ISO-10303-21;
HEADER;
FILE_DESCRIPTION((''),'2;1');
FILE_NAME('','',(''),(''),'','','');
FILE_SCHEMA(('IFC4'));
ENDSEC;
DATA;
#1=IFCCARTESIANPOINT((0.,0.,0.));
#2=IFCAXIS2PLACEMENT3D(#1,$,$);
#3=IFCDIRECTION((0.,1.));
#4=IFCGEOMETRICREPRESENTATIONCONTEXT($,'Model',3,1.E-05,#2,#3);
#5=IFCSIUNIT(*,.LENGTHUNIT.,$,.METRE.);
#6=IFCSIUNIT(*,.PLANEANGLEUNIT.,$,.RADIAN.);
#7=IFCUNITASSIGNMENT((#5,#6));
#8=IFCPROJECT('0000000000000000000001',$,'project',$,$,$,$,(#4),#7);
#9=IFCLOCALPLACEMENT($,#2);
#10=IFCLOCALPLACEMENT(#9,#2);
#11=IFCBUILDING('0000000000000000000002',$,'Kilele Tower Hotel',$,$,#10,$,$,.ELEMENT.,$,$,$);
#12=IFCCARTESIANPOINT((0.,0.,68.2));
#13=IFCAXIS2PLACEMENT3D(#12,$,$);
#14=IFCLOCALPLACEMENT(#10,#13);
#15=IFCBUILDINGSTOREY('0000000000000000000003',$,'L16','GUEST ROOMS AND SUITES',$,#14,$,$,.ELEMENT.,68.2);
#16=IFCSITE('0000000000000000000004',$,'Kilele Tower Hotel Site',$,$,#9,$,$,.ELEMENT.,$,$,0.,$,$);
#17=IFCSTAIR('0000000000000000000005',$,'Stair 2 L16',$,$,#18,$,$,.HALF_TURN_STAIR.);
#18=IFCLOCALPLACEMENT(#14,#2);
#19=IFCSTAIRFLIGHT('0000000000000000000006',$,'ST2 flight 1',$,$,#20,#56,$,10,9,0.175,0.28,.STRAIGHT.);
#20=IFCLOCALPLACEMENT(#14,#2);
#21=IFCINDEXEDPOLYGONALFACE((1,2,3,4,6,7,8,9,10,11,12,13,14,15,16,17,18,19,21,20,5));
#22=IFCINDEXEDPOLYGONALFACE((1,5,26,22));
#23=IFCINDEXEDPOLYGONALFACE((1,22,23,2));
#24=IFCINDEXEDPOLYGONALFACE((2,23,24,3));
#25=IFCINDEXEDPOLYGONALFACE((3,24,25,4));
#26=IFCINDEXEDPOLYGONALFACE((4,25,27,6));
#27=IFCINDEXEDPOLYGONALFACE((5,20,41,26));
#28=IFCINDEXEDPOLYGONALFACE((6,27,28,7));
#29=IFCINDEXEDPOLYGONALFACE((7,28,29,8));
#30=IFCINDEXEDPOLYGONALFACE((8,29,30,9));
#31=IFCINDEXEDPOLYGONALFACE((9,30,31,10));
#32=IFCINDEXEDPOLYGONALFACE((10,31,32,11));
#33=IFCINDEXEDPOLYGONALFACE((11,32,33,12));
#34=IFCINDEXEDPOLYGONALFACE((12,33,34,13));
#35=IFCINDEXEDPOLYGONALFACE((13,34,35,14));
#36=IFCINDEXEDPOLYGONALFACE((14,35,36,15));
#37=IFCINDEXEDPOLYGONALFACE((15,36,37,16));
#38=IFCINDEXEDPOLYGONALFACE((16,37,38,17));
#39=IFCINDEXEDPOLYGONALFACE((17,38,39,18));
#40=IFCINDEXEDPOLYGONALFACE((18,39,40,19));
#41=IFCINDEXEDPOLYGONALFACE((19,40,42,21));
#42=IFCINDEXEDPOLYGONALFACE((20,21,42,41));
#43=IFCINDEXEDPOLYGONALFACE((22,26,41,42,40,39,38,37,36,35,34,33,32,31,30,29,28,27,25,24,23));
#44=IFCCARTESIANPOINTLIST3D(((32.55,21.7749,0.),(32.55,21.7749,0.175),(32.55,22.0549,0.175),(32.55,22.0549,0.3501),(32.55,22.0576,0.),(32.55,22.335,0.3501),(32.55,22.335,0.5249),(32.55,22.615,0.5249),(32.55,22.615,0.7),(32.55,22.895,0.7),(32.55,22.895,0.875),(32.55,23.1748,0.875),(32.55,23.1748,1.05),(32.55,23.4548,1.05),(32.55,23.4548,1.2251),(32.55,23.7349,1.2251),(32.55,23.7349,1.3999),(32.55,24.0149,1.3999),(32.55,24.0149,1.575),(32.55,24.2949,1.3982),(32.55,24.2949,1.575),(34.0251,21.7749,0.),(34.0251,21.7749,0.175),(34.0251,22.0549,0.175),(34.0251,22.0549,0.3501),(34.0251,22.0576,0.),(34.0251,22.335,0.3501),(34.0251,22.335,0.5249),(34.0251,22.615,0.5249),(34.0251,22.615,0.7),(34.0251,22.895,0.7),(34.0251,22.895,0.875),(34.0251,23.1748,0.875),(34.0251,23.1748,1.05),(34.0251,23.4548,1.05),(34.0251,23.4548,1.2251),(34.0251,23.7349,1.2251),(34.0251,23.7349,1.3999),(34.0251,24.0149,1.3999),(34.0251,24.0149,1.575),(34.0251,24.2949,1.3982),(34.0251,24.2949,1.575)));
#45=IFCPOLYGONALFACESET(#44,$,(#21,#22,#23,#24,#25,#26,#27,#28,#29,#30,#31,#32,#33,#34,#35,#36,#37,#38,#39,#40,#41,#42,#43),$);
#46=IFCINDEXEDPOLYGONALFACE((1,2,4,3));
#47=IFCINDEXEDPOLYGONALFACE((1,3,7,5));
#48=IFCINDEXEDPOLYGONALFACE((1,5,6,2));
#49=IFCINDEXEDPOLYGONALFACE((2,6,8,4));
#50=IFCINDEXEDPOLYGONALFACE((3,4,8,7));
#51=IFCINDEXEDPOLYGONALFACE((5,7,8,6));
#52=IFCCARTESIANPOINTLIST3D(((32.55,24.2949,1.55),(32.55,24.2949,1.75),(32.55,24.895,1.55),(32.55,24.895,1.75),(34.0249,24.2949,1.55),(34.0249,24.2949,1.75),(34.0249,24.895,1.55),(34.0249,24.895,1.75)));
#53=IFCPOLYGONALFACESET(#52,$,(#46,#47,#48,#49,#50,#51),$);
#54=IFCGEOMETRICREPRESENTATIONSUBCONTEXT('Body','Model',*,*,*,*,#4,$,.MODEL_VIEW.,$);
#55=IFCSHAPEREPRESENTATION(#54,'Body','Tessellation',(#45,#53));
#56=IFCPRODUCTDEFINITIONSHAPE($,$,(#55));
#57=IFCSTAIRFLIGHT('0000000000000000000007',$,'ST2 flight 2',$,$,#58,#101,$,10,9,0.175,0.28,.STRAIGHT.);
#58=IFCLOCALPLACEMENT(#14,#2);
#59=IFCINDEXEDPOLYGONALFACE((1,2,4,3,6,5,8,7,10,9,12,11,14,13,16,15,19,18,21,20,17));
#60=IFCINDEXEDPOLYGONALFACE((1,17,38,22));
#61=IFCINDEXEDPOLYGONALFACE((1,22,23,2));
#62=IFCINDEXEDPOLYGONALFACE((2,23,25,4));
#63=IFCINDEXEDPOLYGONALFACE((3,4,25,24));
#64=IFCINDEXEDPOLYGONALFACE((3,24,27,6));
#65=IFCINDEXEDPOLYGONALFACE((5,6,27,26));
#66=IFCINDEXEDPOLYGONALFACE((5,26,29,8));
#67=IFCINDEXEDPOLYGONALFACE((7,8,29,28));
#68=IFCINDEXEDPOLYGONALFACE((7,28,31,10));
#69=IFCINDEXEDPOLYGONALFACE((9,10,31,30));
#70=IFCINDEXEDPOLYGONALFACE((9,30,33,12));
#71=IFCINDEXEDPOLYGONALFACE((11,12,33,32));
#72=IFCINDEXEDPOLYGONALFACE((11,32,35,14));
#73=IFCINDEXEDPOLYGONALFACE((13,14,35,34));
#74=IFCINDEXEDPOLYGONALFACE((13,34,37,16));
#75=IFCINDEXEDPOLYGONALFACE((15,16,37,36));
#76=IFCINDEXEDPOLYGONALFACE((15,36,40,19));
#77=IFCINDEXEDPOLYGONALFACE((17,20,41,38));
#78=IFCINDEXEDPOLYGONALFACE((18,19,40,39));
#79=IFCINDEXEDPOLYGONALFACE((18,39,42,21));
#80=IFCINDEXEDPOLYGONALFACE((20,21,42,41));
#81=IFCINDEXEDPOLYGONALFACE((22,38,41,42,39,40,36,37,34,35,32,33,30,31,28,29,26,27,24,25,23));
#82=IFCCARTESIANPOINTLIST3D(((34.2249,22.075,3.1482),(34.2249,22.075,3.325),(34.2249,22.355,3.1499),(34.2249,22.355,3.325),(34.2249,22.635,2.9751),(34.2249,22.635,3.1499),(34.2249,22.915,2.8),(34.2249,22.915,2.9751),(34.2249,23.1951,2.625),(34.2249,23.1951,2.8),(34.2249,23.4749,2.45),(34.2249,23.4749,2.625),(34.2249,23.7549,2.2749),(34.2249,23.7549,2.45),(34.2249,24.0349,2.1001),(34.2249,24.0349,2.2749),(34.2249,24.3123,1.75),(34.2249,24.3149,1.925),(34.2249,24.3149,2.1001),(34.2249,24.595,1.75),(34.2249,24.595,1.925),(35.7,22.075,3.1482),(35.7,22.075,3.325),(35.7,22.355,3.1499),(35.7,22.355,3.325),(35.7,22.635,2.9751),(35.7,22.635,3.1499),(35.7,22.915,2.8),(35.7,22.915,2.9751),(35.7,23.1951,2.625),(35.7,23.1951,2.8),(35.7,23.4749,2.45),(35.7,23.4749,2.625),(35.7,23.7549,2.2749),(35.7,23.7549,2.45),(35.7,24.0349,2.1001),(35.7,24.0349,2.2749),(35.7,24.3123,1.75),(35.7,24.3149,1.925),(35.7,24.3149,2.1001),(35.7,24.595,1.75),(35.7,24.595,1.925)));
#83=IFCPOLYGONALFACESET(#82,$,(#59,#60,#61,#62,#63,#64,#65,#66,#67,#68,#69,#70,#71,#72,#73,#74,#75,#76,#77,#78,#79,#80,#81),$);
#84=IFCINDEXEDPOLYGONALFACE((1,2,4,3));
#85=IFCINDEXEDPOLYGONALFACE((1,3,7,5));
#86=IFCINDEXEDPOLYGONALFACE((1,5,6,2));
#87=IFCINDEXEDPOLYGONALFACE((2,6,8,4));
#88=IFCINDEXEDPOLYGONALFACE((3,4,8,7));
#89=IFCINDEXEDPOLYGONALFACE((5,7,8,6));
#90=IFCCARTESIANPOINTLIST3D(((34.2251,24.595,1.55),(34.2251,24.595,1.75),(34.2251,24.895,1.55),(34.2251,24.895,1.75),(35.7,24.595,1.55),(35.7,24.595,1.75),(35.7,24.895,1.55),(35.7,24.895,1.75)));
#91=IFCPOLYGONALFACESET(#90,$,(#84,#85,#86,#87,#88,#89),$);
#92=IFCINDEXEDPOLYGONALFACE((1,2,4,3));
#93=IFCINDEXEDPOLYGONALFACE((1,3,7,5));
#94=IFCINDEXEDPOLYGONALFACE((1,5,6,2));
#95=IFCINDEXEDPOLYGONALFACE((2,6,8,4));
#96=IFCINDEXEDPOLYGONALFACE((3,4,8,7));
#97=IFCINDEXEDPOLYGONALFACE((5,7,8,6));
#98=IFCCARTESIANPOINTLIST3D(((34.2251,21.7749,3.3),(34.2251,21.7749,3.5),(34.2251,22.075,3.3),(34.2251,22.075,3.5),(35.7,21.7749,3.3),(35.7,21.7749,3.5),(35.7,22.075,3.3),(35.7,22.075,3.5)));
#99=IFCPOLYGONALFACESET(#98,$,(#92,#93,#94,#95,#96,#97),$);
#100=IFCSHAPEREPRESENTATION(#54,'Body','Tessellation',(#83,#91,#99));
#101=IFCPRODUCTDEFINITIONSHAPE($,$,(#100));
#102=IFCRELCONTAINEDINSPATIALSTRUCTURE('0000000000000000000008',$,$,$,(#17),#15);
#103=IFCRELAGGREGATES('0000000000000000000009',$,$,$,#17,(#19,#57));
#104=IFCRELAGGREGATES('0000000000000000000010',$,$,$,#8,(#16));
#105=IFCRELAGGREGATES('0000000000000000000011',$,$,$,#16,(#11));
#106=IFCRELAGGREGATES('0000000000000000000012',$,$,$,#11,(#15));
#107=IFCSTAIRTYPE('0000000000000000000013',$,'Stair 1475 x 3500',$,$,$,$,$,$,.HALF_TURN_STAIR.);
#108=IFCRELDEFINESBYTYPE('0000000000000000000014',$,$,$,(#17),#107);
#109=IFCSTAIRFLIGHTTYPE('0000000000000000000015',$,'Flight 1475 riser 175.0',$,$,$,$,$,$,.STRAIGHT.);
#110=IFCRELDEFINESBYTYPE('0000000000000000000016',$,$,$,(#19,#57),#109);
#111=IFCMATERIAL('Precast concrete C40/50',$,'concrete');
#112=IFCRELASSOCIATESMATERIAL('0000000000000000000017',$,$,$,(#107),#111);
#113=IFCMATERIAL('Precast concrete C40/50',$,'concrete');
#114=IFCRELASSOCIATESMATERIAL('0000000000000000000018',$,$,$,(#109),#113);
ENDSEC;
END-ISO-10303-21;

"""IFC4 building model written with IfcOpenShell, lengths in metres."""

from ifc_helpers import new_model, si_unit, direction, frame, origin, place, context, subcontext, project, spatial, polyline, outline, extrude, material, type_object, element, aggregate, save


model = new_model("IFC4")

# Units and contexts
model_context = context("Model", 3, precision=1e-05, world=origin(), true_north=direction((0.0, 1.0)))
body_context = subcontext(model_context, "Body", "Model", "MODEL_VIEW")
ifc_project = project(units=[si_unit("LENGTHUNIT", "METRE"), si_unit("PLANEANGLEUNIT", "RADIAN")], contexts=[model_context])

# Site, building, storey
site_placement = place(None, origin())
site = spatial("IfcSite", under=ifc_project, at=site_placement, Name="Kilele Tower Hotel Site", CompositionType="ELEMENT", RefElevation=0.0)
building_placement = place(site_placement, origin())
building = spatial("IfcBuilding", under=site, at=building_placement, Name="Kilele Tower Hotel", CompositionType="ELEMENT")
storey_placement = place(building_placement, frame((0.0, 0.0, 68.2)))
storey = spatial("IfcBuildingStorey", under=building, at=storey_placement, Name="L16", Description="GUEST ROOMS AND SUITES", CompositionType="ELEMENT", Elevation=68.2)

# Stair, stair flights
ifc_material_1 = material(Name="Precast concrete C40/50", Category="concrete")
stair_type = type_object("IfcStairType", Name="Stair 1475 x 3500", PredefinedType="HALF_TURN_STAIR", material=ifc_material_1)
stair_placement = place(storey_placement, origin())
stair = element("IfcStair", 1, at=stair_placement, inside=storey, type_object=stair_type, Name="Stair 2 L16", PredefinedType="HALF_TURN_STAIR")
ifc_material_2 = material(Name="Precast concrete C40/50", Category="concrete")
stair_flight_type = type_object("IfcStairFlightType", Name="Flight 1475 riser 175.0", PredefinedType="STRAIGHT", material=ifc_material_2)
stair_flight_1_placement = place(storey_placement, frame((33.2876, 21.7749, 0.0), z_axis=(0.0, 0.0, 1.0), x_axis=(0.0, 1.0, 0.0)))
stair_flight_1 = element("IfcStairFlight", 2, at=stair_flight_1_placement, type_object=stair_flight_type, Name="ST2 flight 1", NumberOfRisers=10, NumberOfTreads=9, PredefinedType="STRAIGHT", RiserHeight=0.175, TreadLength=0.28, context=body_context, shape_type="SweptSolid", body=[
    extrude(outline(polyline([(0.0, 0.0), (0.0, 0.175), (0.28, 0.175), (0.28, 0.3501), (0.5601, 0.3501), (0.5601, 0.5249), (0.8401, 0.5249), (0.8401, 0.7), (1.1201, 0.7), (1.1201, 0.875), (1.3999, 0.875), (1.3999, 1.05), (1.6799, 1.05), (1.6799, 1.2251), (1.96, 1.2251), (1.96, 1.3999), (2.24, 1.3999), (2.24, 1.575), (2.52, 1.575), (2.52, 1.75), (2.52, 1.3982), (0.2827, 0.0), (0.0, 0.0)])), frame((0.0, 0.7375, 0.0), z_axis=(0.0, -1.0, 0.0), x_axis=(1.0, 0.0, 0.0)), (0.0, 0.0, 1.0), 1.4751),
    extrude(outline(polyline([(2.52, 0.7375), (2.52, -0.7373), (3.1201, -0.7373), (3.1201, 0.7375), (2.52, 0.7375)])), frame((0.0, 0.0, 1.55)), (0.0, 0.0, 1.0), 0.2),
])
stair_flight_2_placement = place(storey_placement, frame((34.9624, 24.595, 1.75), z_axis=(0.0, 0.0, 1.0), x_axis=(0.0, -1.0, 0.0)))
stair_flight_2 = element("IfcStairFlight", 3, at=stair_flight_2_placement, type_object=stair_flight_type, Name="ST2 flight 2", NumberOfRisers=10, NumberOfTreads=9, PredefinedType="STRAIGHT", RiserHeight=0.175, TreadLength=0.28, context=body_context, shape_type="SweptSolid", body=[
    extrude(outline(polyline([(0.0, 0.0), (0.0, 0.175), (0.28, 0.175), (0.28, 0.3501), (0.5601, 0.3501), (0.5601, 0.5249), (0.8401, 0.5249), (0.8401, 0.7), (1.1201, 0.7), (1.1201, 0.875), (1.3999, 0.875), (1.3999, 1.05), (1.6799, 1.05), (1.6799, 1.2251), (1.96, 1.2251), (1.96, 1.3999), (2.24, 1.3999), (2.24, 1.575), (2.52, 1.575), (2.52, 1.75), (2.52, 1.3982), (0.2827, 0.0), (0.0, 0.0)])), frame((0.0, 0.7375, 0.0), z_axis=(0.0, -1.0, 0.0), x_axis=(1.0, 0.0, 0.0)), (0.0, 0.0, 1.0), 1.4751),
    extrude(outline(polyline([(0.0, -0.7373), (0.0, 0.7375), (-0.3, 0.7375), (-0.3, -0.7373), (0.0, -0.7373)])), frame((0.0, 0.0, -0.2)), (0.0, 0.0, 1.0), 0.2),
    extrude(outline(polyline([(2.8201, -0.7373), (2.8201, 0.7375), (2.52, 0.7375), (2.52, -0.7373), (2.8201, -0.7373)])), frame((0.0, 0.0, 1.55)), (0.0, 0.0, 1.0), 0.2),
])
aggregate(stair, [stair_flight_1, stair_flight_2])

save(model, "model.ifc")
